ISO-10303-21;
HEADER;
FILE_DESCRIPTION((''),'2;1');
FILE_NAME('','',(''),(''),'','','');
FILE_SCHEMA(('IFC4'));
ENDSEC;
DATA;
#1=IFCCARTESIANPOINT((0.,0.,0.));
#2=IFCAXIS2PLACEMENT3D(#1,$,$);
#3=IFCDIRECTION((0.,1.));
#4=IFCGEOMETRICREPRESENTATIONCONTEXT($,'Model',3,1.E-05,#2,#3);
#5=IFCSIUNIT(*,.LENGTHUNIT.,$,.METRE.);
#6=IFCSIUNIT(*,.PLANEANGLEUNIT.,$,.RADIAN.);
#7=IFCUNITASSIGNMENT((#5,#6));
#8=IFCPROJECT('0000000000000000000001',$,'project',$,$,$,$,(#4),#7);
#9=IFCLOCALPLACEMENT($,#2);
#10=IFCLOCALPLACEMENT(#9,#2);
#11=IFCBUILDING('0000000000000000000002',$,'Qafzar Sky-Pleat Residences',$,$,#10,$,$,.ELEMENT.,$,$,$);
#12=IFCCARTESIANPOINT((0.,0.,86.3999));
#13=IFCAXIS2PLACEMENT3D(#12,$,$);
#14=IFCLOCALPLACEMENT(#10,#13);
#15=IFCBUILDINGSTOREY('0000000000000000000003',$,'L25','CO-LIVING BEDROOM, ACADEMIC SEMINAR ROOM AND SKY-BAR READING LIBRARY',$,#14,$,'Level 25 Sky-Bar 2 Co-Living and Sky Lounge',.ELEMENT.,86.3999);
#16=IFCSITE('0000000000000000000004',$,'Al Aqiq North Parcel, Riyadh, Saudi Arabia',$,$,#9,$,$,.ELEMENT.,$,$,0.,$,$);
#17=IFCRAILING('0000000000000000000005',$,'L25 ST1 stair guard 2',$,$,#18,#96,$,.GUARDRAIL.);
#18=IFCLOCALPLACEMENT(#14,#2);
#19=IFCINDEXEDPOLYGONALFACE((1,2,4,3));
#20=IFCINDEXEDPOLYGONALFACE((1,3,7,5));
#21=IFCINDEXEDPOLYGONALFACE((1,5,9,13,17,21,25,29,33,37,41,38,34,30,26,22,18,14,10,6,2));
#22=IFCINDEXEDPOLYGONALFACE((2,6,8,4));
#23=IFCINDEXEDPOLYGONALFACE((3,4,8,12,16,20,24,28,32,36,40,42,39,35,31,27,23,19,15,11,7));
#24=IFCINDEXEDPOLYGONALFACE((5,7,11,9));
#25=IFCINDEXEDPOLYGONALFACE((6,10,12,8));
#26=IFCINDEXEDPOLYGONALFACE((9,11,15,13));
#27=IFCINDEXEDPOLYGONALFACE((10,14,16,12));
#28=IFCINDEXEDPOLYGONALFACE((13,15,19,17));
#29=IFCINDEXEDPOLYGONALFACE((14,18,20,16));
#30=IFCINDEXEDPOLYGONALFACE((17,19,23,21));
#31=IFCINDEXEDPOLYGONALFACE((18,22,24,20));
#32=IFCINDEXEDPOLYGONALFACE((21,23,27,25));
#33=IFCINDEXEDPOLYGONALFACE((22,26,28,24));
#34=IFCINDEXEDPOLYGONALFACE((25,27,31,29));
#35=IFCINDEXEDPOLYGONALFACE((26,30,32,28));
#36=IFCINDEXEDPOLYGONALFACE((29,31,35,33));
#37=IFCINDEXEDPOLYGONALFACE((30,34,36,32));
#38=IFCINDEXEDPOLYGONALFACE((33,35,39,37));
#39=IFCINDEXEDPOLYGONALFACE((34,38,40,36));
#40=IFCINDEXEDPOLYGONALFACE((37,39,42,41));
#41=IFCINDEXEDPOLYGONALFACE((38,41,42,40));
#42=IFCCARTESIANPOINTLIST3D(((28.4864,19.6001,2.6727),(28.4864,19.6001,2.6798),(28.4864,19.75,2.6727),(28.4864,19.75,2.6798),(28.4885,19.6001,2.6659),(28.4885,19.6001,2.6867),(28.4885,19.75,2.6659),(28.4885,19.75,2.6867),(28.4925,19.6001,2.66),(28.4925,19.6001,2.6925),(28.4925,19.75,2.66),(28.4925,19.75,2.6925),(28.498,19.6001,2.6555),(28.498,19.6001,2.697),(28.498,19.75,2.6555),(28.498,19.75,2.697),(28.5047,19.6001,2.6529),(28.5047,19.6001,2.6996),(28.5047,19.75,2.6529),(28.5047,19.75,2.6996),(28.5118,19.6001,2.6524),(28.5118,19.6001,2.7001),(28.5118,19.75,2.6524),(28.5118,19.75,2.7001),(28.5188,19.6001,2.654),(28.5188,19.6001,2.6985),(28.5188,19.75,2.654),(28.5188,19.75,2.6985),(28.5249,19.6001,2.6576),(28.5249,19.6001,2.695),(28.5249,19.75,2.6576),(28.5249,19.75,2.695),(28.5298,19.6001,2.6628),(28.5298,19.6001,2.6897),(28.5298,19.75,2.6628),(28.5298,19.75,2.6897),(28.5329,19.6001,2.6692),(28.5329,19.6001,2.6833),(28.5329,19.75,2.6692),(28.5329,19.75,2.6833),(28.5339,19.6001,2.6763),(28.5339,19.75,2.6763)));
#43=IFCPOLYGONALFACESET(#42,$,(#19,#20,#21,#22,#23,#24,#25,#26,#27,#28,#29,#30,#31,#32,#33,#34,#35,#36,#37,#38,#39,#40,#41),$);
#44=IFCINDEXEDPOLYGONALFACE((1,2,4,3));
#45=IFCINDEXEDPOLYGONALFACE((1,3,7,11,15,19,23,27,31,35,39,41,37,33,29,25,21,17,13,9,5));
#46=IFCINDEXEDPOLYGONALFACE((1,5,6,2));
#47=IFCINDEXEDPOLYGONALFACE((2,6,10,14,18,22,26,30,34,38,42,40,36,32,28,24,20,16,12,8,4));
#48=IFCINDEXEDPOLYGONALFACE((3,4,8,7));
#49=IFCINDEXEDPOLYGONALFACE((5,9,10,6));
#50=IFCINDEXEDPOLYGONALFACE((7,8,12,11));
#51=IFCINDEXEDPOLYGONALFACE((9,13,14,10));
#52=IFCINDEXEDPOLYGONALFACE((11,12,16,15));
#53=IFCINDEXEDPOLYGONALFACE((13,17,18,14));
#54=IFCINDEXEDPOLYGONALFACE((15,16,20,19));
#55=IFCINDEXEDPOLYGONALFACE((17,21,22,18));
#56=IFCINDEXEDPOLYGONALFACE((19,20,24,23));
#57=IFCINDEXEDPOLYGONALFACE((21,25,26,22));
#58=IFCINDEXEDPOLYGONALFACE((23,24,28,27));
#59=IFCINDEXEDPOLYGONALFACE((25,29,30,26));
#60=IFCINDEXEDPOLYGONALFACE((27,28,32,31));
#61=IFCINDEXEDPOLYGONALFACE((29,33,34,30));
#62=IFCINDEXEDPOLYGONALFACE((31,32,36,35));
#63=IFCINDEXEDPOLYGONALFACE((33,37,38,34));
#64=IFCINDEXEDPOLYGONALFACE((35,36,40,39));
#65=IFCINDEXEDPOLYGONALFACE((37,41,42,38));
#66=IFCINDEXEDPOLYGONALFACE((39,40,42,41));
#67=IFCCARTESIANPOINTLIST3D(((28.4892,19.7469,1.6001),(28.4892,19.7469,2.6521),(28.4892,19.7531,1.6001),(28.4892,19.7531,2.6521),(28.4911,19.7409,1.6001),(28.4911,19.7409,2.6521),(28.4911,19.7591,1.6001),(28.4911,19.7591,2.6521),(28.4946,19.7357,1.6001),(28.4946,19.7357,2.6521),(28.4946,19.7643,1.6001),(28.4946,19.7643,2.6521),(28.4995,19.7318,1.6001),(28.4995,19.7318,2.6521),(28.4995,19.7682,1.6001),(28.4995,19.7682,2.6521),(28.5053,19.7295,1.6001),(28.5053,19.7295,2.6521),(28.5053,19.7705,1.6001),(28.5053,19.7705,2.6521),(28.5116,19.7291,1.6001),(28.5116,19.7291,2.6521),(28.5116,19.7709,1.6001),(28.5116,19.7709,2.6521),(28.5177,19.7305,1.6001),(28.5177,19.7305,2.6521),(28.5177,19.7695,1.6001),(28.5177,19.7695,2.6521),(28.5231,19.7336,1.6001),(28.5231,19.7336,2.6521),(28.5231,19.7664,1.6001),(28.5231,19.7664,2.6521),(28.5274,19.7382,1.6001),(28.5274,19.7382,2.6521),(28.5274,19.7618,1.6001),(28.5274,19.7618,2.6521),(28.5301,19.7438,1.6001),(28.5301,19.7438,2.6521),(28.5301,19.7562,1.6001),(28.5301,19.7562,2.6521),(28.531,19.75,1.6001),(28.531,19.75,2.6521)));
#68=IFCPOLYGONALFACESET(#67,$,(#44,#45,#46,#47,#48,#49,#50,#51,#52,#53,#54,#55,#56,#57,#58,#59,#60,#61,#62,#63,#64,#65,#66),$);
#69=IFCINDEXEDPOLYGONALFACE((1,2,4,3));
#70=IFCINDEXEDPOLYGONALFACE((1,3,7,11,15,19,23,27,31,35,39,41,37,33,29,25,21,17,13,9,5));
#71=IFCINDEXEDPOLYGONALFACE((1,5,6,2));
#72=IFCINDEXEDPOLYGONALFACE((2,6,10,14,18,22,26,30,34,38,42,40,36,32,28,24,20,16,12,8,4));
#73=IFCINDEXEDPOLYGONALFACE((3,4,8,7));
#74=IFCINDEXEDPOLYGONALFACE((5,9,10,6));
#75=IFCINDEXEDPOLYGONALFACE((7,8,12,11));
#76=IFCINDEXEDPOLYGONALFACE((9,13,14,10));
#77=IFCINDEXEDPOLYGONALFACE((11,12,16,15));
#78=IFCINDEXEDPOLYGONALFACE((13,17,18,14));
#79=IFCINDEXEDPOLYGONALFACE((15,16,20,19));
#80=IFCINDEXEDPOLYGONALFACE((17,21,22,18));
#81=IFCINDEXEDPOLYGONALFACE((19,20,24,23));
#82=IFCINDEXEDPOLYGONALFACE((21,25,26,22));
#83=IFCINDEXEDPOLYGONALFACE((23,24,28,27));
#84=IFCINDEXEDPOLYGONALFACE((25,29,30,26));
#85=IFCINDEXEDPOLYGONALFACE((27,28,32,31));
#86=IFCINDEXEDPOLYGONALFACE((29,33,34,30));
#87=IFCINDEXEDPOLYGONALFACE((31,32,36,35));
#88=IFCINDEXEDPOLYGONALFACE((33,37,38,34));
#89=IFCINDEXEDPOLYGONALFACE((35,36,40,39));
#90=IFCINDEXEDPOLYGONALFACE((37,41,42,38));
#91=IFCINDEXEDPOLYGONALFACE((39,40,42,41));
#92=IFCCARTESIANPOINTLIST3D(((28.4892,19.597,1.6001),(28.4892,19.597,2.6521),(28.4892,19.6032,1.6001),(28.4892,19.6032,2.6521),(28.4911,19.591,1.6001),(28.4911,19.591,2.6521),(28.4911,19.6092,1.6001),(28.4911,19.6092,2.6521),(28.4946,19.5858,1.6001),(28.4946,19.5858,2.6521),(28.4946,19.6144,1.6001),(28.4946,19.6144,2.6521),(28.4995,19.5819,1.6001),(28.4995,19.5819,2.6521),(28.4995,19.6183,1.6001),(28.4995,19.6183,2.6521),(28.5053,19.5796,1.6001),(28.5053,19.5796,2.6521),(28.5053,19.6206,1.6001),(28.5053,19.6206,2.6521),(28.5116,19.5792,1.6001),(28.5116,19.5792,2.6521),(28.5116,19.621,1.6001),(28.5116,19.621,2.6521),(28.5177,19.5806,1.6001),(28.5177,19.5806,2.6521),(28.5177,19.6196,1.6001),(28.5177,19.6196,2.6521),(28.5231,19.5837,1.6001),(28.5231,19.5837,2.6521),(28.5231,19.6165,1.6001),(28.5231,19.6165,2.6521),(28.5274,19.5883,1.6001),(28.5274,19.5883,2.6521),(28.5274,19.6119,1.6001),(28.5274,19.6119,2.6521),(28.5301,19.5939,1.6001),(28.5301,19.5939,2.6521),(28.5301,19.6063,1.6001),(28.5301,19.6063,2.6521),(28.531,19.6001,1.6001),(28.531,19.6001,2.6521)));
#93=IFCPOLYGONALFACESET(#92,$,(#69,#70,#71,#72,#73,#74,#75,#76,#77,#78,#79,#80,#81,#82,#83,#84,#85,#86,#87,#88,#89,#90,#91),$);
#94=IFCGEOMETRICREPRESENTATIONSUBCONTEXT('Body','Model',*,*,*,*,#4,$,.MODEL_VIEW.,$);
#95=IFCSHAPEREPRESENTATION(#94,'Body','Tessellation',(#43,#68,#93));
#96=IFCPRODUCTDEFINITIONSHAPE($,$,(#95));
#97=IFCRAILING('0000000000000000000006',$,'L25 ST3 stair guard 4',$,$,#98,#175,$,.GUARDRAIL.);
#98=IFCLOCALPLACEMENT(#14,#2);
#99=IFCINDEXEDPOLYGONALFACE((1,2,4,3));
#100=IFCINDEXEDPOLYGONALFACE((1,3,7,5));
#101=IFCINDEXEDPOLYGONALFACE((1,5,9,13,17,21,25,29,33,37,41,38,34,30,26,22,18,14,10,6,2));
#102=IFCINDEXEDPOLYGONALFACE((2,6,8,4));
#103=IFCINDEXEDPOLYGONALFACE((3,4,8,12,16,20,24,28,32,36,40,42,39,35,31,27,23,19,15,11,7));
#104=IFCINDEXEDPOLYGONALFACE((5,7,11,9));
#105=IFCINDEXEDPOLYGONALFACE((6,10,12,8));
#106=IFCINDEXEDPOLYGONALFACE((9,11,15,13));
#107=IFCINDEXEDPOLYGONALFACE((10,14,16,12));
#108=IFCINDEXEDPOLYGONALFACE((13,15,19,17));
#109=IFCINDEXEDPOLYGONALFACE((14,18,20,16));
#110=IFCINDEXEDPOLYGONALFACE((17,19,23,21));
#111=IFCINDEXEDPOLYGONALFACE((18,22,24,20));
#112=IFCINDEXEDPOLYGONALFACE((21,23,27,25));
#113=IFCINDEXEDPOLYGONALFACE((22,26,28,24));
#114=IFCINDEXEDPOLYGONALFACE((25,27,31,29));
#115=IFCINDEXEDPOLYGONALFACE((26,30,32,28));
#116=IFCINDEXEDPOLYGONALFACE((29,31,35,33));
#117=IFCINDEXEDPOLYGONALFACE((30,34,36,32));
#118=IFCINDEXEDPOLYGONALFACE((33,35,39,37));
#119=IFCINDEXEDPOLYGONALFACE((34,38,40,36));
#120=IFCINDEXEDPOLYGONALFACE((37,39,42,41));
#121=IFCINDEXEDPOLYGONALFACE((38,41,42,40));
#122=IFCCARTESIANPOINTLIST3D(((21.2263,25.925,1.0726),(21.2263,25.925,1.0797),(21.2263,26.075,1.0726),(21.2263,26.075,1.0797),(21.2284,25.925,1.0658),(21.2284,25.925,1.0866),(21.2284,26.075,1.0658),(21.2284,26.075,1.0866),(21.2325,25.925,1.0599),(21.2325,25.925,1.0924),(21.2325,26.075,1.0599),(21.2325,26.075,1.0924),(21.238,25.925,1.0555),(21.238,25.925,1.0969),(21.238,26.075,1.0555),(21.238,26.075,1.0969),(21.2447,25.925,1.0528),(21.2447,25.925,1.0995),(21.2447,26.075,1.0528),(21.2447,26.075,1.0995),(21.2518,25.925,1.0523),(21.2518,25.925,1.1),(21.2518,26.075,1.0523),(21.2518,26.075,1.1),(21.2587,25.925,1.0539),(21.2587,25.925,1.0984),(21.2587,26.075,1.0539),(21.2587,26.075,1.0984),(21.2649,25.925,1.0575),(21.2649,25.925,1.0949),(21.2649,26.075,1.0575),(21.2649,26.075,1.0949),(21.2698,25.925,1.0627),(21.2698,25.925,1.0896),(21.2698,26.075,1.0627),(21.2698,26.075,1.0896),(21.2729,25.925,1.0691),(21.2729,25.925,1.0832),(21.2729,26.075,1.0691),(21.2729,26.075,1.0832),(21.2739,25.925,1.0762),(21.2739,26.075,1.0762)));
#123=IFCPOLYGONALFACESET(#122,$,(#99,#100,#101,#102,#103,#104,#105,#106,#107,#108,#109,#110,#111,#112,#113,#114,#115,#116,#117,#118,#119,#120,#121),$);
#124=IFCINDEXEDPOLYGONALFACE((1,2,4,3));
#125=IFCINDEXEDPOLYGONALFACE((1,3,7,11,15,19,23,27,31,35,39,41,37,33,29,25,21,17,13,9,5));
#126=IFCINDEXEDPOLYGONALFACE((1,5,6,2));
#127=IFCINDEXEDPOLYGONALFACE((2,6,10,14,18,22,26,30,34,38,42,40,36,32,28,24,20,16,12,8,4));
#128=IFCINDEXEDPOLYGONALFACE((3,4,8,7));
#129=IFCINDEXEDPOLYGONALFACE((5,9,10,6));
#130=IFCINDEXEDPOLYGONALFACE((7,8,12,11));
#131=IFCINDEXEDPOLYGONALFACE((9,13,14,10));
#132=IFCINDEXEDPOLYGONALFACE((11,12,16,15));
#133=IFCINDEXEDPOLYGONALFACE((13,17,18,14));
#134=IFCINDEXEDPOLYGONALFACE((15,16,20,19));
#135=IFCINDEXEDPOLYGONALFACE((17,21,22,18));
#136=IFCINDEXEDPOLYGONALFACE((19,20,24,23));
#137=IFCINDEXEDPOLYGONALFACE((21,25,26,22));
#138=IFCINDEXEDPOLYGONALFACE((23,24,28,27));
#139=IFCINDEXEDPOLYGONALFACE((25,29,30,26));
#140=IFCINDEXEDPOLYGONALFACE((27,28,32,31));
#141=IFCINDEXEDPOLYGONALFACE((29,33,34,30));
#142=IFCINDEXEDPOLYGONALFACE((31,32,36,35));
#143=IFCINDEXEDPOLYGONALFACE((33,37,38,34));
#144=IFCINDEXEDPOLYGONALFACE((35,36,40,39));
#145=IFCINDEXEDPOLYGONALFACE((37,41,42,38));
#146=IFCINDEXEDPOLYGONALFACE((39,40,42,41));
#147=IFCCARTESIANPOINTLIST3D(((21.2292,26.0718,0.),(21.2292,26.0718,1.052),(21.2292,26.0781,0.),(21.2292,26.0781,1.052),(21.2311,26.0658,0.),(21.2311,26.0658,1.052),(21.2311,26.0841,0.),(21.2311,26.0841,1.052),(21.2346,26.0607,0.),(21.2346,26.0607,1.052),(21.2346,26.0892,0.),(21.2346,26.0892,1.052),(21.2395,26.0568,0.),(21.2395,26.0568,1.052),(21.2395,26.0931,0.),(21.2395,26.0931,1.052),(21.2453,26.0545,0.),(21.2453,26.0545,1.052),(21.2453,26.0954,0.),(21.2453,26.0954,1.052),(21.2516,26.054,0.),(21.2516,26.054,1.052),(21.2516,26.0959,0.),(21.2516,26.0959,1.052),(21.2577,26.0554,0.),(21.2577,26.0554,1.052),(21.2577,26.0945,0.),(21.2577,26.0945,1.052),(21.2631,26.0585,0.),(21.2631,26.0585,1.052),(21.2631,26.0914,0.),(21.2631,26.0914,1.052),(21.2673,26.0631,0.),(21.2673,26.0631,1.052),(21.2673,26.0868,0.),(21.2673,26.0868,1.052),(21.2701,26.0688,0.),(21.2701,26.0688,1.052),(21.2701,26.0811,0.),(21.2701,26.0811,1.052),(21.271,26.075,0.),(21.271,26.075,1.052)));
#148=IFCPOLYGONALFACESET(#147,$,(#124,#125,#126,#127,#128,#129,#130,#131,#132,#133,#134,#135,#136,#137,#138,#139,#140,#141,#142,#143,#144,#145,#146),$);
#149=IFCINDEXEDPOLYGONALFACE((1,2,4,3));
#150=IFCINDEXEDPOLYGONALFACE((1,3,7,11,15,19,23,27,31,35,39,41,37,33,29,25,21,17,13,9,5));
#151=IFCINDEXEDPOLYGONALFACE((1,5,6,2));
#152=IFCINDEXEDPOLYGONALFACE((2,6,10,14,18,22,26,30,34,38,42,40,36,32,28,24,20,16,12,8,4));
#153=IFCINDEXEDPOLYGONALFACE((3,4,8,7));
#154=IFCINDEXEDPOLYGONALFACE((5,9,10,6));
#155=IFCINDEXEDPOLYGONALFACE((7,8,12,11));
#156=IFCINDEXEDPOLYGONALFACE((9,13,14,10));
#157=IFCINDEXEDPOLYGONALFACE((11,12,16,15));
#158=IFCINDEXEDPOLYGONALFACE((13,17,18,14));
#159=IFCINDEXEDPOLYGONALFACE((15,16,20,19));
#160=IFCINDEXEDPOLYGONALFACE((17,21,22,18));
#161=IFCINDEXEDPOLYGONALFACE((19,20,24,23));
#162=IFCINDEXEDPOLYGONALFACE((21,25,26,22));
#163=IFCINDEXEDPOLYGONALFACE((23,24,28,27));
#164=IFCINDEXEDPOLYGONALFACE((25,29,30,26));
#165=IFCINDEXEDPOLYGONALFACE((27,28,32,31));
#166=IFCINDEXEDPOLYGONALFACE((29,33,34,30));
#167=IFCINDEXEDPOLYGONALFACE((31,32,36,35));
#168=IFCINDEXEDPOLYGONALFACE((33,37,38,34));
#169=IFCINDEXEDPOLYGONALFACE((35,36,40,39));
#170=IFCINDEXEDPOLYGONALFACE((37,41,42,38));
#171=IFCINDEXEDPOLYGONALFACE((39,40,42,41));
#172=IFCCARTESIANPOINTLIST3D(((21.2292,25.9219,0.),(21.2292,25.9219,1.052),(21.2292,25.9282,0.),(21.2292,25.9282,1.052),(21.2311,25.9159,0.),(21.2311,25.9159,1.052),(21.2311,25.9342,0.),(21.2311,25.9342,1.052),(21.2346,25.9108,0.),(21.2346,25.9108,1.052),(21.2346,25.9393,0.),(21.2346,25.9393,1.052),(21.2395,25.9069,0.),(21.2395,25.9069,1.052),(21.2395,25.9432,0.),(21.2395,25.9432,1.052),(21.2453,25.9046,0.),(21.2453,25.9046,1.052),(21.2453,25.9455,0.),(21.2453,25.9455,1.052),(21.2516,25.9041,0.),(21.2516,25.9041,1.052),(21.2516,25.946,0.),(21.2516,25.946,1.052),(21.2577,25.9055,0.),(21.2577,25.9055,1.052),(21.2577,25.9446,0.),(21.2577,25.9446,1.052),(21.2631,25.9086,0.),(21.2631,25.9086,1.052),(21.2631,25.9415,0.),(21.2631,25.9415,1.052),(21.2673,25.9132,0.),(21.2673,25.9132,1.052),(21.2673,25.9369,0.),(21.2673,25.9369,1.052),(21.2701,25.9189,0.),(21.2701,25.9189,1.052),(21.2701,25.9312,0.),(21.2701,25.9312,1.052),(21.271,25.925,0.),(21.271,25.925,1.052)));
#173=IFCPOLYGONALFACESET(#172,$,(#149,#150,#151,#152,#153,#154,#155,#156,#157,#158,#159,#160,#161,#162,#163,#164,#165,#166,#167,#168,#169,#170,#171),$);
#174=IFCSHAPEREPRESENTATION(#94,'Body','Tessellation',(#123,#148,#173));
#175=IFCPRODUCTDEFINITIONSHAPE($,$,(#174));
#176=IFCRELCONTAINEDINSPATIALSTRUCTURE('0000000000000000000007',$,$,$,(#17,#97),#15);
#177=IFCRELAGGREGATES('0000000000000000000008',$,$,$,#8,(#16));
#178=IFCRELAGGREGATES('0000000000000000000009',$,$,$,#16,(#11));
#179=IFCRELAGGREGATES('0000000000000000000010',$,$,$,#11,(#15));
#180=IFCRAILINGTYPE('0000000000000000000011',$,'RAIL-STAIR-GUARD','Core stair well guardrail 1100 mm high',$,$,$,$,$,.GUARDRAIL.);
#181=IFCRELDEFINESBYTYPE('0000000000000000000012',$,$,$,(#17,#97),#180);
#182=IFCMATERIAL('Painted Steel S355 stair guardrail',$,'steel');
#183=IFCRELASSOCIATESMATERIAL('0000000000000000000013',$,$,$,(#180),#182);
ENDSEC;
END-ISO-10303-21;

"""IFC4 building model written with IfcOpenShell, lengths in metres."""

from ifc_helpers import new_model, si_unit, direction, frame, origin, origin_2d, place, context, subcontext, project, spatial, circle, extrude, source, transform, mapped, material, type_object, element, save


model = new_model("IFC4")

# Units and contexts
model_context = context("Model", 3, precision=1e-05, world=origin(), true_north=direction((0.0, 1.0)))
body_context = subcontext(model_context, "Body", "Model", "MODEL_VIEW")
ifc_project = project(units=[si_unit("LENGTHUNIT", "METRE"), si_unit("PLANEANGLEUNIT", "RADIAN")], contexts=[model_context])

# Site, building, storey
site_placement = place(None, origin())
site = spatial("IfcSite", under=ifc_project, at=site_placement, Name="Al Aqiq North Parcel, Riyadh, Saudi Arabia", CompositionType="ELEMENT", RefElevation=0.0)
building_placement = place(site_placement, origin())
building = spatial("IfcBuilding", under=site, at=building_placement, Name="Qafzar Sky-Pleat Residences", CompositionType="ELEMENT")
storey_placement = place(building_placement, frame((0.0, 0.0, 86.3999)))
storey = spatial("IfcBuildingStorey", under=building, at=storey_placement, Name="L25", Description="CO-LIVING BEDROOM, ACADEMIC SEMINAR ROOM AND SKY-BAR READING LIBRARY", LongName="Level 25 Sky-Bar 2 Co-Living and Sky Lounge", CompositionType="ELEMENT", Elevation=86.3999)

# Railings
ifc_material_1 = material(Name="Painted Steel S355 stair guardrail", Category="steel")
railing_type_1 = type_object("IfcRailingType", Name="RAIL-STAIR-GUARD", Description="Core stair well guardrail 1100 mm high", PredefinedType="GUARDRAIL", material=ifc_material_1)
shared_shape_1 = source(origin(), body_context, "Body", "SweptSolid", [
    extrude(circle(Radius=0.0239, at=origin_2d()), frame((0.0, 0.0, 1.0762), z_axis=(0.0, -1.0, 0.0), x_axis=(1.0, 0.0, 0.0)), (0.0, 0.0, 1.0), 0.1499),
    extrude(circle(Radius=0.021, at=origin_2d()), origin(), (0.0, 0.0, 1.0), 1.052),
    extrude(circle(Radius=0.021, at=origin_2d()), frame((0.0, -0.1499, 0.0)), (0.0, 0.0, 1.0), 1.052),
])
for number, where, name in (
    (1, (28.51, 19.75, 1.6001), "L25 ST1 stair guard 2"),
    (2, (21.25, 26.075, 0.0), "L25 ST3 stair guard 4"),
):
    element("IfcRailing", number, at=place(storey_placement, frame(where)), inside=storey, type_object=railing_type_1, Name=name, PredefinedType="GUARDRAIL", context=body_context, shape_type="MappedRepresentation", body=[
        mapped(shared_shape_1, transform((0.0, 0.0, 0.0), x_axis=(1.0, 0.0, 0.0), y_axis=(0.0, 1.0, 0.0), z_axis=(0.0, 0.0, 1.0), scale=1.0)),
    ])

save(model, "model.ifc")
